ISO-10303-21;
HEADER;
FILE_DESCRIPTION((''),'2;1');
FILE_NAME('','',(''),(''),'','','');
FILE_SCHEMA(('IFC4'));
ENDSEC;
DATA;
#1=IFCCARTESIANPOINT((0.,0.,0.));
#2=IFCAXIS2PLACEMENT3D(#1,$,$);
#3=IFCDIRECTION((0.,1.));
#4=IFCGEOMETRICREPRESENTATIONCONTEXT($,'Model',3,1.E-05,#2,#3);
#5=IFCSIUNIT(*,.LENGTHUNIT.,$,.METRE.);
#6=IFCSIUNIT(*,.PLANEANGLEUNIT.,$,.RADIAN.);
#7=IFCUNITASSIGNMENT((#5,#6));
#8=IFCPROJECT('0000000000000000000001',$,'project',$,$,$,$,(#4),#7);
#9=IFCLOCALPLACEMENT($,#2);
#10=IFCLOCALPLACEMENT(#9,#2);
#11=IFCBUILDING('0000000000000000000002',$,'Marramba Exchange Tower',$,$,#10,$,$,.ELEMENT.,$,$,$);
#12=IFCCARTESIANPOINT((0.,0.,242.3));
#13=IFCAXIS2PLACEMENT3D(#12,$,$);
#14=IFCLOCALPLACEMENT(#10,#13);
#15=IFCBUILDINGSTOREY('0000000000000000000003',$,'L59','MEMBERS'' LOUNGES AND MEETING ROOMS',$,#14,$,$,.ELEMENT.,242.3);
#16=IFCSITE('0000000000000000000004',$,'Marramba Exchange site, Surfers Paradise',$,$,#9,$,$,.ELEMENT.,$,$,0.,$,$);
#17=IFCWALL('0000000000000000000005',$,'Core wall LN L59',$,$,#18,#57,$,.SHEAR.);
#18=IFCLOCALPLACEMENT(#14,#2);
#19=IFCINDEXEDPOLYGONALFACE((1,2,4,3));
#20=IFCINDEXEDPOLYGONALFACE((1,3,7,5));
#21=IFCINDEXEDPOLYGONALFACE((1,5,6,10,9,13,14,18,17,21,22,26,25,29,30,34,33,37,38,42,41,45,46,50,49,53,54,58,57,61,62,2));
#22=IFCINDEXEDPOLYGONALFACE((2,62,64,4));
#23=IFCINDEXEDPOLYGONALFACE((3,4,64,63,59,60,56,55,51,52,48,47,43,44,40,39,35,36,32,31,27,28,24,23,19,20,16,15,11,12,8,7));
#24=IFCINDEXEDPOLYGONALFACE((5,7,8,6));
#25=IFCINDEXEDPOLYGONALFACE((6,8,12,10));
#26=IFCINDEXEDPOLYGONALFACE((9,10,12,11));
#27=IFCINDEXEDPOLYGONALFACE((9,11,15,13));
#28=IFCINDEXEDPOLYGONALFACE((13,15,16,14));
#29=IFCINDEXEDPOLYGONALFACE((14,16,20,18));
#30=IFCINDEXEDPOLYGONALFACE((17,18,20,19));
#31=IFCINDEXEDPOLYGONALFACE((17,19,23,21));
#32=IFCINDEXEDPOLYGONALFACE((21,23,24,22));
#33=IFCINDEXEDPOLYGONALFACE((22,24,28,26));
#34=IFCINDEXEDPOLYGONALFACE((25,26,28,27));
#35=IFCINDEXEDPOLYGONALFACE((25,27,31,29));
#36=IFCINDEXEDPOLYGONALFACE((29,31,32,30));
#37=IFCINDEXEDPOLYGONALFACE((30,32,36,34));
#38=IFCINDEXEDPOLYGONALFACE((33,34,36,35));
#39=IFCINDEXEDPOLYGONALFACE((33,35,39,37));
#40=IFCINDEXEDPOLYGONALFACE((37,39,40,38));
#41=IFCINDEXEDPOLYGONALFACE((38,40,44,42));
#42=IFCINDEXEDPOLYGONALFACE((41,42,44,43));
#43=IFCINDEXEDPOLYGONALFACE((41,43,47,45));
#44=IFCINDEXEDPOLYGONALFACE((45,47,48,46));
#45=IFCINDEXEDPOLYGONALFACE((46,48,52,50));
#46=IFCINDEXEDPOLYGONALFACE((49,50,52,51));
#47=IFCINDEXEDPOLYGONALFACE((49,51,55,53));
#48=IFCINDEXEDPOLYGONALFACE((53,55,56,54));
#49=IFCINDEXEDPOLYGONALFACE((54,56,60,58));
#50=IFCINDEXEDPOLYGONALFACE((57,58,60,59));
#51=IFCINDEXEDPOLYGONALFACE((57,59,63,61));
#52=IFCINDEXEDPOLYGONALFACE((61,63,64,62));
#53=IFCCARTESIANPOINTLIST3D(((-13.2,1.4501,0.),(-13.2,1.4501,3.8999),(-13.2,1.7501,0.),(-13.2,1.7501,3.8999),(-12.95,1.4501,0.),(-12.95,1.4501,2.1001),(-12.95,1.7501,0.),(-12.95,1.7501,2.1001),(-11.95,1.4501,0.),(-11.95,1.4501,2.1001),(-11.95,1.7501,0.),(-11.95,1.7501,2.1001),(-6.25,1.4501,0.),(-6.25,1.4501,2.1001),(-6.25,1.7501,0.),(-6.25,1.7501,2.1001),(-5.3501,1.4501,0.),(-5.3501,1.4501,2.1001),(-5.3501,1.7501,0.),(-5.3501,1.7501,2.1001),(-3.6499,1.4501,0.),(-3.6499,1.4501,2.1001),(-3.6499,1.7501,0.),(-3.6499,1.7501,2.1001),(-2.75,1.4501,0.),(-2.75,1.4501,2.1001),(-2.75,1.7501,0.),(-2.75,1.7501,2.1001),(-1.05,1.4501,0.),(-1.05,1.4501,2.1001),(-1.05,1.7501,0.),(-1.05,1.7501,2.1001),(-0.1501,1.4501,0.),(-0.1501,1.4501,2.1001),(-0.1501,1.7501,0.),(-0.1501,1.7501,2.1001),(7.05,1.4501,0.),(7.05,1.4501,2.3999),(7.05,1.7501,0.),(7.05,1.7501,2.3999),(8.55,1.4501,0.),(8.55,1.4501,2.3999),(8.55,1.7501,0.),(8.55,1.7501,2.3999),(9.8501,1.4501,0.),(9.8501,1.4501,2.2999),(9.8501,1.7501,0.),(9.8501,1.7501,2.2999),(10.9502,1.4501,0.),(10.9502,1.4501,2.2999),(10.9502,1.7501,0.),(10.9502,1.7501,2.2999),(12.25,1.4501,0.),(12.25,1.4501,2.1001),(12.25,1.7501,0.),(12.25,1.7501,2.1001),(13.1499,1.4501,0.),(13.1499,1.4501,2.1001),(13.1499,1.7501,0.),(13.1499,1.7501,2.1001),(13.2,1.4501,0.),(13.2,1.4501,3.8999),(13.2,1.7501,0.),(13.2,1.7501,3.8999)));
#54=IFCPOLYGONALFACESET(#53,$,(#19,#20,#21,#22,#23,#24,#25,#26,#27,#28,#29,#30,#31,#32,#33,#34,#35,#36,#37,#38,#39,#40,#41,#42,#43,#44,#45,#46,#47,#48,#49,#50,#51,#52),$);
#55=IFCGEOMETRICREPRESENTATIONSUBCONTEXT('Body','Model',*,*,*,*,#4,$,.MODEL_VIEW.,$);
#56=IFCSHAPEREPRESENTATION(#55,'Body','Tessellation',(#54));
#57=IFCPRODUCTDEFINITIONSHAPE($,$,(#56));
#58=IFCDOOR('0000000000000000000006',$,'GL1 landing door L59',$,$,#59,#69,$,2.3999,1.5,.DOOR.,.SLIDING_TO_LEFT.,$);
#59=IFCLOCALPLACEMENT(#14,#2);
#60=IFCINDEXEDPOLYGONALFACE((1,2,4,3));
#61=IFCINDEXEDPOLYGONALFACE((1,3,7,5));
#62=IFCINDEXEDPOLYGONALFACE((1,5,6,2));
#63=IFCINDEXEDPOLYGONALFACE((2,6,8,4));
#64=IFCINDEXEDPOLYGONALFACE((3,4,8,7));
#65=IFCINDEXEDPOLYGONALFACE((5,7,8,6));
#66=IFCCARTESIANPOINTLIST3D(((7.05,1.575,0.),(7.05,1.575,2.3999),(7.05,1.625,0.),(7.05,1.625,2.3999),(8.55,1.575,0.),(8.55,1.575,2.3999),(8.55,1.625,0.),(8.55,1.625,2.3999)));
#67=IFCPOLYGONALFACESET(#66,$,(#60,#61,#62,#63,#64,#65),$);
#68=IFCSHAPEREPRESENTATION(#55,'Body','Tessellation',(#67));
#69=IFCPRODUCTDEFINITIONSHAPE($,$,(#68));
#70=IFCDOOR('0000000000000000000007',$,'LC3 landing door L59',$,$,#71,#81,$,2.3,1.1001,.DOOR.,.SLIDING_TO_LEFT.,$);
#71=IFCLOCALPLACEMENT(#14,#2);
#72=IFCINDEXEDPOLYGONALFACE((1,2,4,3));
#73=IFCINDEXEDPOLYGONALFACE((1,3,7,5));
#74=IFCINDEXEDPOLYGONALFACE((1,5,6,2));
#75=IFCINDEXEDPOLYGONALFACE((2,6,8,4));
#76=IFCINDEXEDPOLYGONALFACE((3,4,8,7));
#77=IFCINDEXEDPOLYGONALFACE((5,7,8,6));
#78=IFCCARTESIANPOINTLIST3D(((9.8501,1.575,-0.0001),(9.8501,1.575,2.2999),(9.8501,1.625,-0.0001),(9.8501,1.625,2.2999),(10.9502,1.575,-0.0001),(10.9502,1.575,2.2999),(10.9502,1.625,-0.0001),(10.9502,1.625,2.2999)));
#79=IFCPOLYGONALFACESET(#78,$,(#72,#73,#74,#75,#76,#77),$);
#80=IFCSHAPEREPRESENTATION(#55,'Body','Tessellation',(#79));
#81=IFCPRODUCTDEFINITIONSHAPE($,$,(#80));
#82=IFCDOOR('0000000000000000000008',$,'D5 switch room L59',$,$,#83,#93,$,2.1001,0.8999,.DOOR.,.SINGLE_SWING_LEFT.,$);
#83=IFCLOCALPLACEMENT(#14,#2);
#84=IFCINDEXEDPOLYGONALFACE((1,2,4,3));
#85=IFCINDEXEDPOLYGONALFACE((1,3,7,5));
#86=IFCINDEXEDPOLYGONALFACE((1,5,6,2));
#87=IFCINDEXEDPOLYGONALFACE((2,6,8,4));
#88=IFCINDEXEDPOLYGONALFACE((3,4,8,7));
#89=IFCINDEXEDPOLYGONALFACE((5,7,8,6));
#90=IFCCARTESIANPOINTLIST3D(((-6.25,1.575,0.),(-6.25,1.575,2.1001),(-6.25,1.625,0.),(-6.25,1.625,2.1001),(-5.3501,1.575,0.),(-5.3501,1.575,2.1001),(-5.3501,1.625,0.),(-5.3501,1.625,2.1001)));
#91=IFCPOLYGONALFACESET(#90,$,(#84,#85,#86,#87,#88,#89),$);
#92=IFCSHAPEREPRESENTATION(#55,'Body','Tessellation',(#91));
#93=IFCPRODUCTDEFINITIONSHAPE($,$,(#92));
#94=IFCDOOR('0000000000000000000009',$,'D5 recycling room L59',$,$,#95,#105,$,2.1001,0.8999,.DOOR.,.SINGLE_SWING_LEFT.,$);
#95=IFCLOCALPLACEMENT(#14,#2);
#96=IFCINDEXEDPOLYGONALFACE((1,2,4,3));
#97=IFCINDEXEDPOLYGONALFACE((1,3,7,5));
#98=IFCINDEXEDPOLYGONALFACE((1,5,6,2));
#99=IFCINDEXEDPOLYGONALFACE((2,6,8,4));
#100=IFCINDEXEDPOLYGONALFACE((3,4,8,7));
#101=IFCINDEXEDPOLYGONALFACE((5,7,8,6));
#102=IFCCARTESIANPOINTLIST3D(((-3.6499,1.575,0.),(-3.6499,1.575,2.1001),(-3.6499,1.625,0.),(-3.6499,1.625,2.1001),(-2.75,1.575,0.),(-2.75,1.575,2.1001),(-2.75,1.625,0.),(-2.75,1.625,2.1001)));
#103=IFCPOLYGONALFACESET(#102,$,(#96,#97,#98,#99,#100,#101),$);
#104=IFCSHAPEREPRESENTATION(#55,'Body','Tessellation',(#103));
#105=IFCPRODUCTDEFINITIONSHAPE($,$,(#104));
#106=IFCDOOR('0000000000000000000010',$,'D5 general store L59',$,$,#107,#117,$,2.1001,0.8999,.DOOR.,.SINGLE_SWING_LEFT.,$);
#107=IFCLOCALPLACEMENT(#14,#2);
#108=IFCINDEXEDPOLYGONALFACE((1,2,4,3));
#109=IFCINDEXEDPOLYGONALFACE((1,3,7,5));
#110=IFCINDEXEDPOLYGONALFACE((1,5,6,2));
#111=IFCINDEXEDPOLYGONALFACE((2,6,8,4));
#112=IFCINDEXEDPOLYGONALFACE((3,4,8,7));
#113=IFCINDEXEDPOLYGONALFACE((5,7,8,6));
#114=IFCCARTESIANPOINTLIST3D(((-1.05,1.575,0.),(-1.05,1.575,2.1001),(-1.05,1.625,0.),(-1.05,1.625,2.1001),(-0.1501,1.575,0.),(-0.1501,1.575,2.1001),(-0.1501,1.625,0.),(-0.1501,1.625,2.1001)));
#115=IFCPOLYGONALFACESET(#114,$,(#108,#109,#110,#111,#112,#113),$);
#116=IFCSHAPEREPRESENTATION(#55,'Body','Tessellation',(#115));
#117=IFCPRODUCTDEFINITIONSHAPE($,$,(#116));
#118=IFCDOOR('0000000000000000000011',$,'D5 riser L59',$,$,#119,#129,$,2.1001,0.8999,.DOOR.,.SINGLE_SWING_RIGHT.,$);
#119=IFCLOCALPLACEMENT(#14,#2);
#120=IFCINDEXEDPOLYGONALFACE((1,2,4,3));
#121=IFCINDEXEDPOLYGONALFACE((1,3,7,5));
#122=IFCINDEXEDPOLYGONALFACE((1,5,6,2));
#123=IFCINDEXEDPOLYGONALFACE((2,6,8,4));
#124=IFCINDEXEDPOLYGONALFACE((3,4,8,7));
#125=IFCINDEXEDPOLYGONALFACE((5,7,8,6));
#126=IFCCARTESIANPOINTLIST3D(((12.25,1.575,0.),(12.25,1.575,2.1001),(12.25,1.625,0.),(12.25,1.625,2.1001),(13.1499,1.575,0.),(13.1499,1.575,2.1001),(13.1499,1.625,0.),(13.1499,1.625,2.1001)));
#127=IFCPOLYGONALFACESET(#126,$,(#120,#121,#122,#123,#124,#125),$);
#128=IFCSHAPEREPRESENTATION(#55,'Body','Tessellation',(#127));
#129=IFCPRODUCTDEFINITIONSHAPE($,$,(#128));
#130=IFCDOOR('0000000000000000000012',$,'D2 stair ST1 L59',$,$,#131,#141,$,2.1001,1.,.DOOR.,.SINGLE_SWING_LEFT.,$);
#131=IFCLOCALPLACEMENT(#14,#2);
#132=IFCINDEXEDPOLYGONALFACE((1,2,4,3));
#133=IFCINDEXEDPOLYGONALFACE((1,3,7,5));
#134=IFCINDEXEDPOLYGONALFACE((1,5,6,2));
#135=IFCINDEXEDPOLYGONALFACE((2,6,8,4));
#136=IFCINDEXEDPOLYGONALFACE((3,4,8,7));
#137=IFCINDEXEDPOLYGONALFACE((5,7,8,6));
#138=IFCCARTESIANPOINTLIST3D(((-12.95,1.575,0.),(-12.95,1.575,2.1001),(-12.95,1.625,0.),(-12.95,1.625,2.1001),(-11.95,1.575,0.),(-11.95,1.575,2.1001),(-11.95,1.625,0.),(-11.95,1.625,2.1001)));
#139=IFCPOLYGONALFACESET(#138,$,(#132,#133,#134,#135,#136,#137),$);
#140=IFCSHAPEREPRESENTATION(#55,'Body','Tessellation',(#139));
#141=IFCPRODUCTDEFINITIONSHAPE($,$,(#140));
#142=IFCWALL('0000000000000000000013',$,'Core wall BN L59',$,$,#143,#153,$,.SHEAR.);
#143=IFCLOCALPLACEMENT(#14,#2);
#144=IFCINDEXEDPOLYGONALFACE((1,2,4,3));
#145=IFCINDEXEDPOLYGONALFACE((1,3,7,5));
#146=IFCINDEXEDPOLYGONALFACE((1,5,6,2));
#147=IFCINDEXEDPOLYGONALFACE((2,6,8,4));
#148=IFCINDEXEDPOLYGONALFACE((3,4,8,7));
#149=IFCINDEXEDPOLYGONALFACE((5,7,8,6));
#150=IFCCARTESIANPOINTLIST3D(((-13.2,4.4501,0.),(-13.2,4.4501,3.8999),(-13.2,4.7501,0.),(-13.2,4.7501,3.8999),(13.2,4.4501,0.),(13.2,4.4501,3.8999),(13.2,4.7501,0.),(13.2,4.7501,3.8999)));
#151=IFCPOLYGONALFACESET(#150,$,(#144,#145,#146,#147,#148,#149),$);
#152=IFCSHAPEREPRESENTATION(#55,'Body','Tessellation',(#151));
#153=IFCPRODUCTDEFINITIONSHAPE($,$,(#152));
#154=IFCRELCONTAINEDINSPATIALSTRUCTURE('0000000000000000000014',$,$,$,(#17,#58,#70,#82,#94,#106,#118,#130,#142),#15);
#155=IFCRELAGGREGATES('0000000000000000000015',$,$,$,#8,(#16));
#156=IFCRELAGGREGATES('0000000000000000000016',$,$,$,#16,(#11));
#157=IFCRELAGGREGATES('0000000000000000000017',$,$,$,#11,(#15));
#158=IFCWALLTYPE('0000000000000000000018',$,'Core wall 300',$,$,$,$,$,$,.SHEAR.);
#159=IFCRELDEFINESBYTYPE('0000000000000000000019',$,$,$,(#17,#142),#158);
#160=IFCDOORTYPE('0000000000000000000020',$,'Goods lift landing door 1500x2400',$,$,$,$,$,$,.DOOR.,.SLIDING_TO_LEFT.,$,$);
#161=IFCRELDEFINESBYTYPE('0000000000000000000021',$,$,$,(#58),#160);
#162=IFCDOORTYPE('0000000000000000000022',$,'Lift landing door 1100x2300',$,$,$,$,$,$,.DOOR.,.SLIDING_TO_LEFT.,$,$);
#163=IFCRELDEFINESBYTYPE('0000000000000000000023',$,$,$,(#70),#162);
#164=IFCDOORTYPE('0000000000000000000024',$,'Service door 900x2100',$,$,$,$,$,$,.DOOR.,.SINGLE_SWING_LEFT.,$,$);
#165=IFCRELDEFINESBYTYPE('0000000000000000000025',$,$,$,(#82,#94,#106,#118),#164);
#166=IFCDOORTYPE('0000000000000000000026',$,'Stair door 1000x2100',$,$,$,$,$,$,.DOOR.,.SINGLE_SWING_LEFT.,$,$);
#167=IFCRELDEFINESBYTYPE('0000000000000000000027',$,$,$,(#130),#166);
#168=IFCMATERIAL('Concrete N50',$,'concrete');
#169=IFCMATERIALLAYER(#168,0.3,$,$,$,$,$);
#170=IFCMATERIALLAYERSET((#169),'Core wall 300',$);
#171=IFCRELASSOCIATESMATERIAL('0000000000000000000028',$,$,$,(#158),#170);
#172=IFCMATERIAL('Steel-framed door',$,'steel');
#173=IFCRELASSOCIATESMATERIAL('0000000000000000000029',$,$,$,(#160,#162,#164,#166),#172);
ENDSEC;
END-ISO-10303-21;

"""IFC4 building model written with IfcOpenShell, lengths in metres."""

from ifc_helpers import new_model, si_unit, direction, frame, frame_2d, origin, place, context, subcontext, project, spatial, rectangle, extrude, material, layer, layer_set, type_object, element, fill, save


model = new_model("IFC4")

# Units and contexts
model_context = context("Model", 3, precision=1e-05, world=origin(), true_north=direction((0.0, 1.0)))
body_context = subcontext(model_context, "Body", "Model", "MODEL_VIEW")
ifc_project = project(units=[si_unit("LENGTHUNIT", "METRE"), si_unit("PLANEANGLEUNIT", "RADIAN")], contexts=[model_context])

# Site, building, storey
site_placement = place(None, origin())
site = spatial("IfcSite", under=ifc_project, at=site_placement, Name="Marramba Exchange site, Surfers Paradise", CompositionType="ELEMENT", RefElevation=0.0)
building_placement = place(site_placement, origin())
building = spatial("IfcBuilding", under=site, at=building_placement, Name="Marramba Exchange Tower", CompositionType="ELEMENT")
storey_placement = place(building_placement, frame((0.0, 0.0, 242.3)))
storey = spatial("IfcBuildingStorey", under=building, at=storey_placement, Name="L59", Description="MEMBERS' LOUNGES AND MEETING ROOMS", CompositionType="ELEMENT", Elevation=242.3)

# Shared definitions
ifc_material_1 = material(Name="Concrete N50", Category="concrete")

# Shared definitions
ifc_material_2 = material(Name="Steel-framed door", Category="steel")

# Wall, openings, doors
ifc_layer_1 = layer(ifc_material_1, 0.3)
ifc_layer_set_1 = layer_set([ifc_layer_1], Name="Core wall 300")
wall_type_1 = type_object("IfcWallType", Name="Core wall 300", PredefinedType="SHEAR", material=ifc_layer_set_1)
wall_1_placement = place(storey_placement, frame((-13.2, 1.6001, 0.0), z_axis=(0.0, 0.0, 1.0), x_axis=(1.0, 0.0, 0.0)))
wall_1 = element("IfcWall", 1, at=wall_1_placement, inside=storey, type_object=wall_type_1, Name="Core wall LN L59", PredefinedType="SHEAR", context=body_context, shape_type="SweptSolid", body=[
    extrude(rectangle(XDim=26.3999, YDim=0.3, at=frame_2d((13.2, 0.0))), origin(), (0.0, 0.0, 1.0), 3.8999),
])
opening_1_placement = place(wall_1_placement, frame((0.25, 0.0, 0.0)))
opening_1 = element("IfcOpeningElement", 2, at=opening_1_placement, cuts=wall_1, PredefinedType="OPENING", context=body_context, shape_type="SweptSolid", body=[
    extrude(rectangle(XDim=1.0, YDim=2.1001, at=frame_2d((0.5, 1.05))), frame((0.0, 0.1599, 0.0), z_axis=(0.0, -1.0, 0.0), x_axis=(1.0, 0.0, 0.0)), (0.0, 0.0, 1.0), 0.3201),
])
opening_2_placement = place(wall_1_placement, frame((23.05, 0.0, 0.0)))
opening_2 = element("IfcOpeningElement", 3, at=opening_2_placement, cuts=wall_1, PredefinedType="OPENING", context=body_context, shape_type="SweptSolid", body=[
    extrude(rectangle(XDim=1.1001, YDim=2.3, at=frame_2d((0.55, 1.1499))), frame((0.0, 0.1599, 0.0), z_axis=(0.0, -1.0, 0.0), x_axis=(1.0, 0.0, 0.0)), (0.0, 0.0, 1.0), 0.3201),
])
opening_3_placement = place(wall_1_placement, frame((20.25, 0.0, 0.0)))
opening_3 = element("IfcOpeningElement", 4, at=opening_3_placement, cuts=wall_1, PredefinedType="OPENING", context=body_context, shape_type="SweptSolid", body=[
    extrude(rectangle(XDim=1.5, YDim=2.3999, at=frame_2d((0.75, 1.2))), frame((0.0, 0.1599, 0.0), z_axis=(0.0, -1.0, 0.0), x_axis=(1.0, 0.0, 0.0)), (0.0, 0.0, 1.0), 0.3201),
])
opening_4_placement = place(wall_1_placement, frame((6.95, 0.0, 0.0)))
opening_4 = element("IfcOpeningElement", 5, at=opening_4_placement, cuts=wall_1, PredefinedType="OPENING", context=body_context, shape_type="SweptSolid", body=[
    extrude(rectangle(XDim=0.8999, YDim=2.1001, at=frame_2d((0.45, 1.05))), frame((0.0, 0.1599, 0.0), z_axis=(0.0, -1.0, 0.0), x_axis=(1.0, 0.0, 0.0)), (0.0, 0.0, 1.0), 0.3201),
])
opening_5_placement = place(wall_1_placement, frame((9.55, 0.0, 0.0)))
opening_5 = element("IfcOpeningElement", 6, at=opening_5_placement, cuts=wall_1, PredefinedType="OPENING", context=body_context, shape_type="SweptSolid", body=[
    extrude(rectangle(XDim=0.8999, YDim=2.1001, at=frame_2d((0.45, 1.05))), frame((0.0, 0.1599, 0.0), z_axis=(0.0, -1.0, 0.0), x_axis=(1.0, 0.0, 0.0)), (0.0, 0.0, 1.0), 0.3201),
])
opening_6_placement = place(wall_1_placement, frame((12.1499, 0.0, 0.0)))
opening_6 = element("IfcOpeningElement", 7, at=opening_6_placement, cuts=wall_1, PredefinedType="OPENING", context=body_context, shape_type="SweptSolid", body=[
    extrude(rectangle(XDim=0.8999, YDim=2.1001, at=frame_2d((0.45, 1.05))), frame((0.0, 0.1599, 0.0), z_axis=(0.0, -1.0, 0.0), x_axis=(1.0, 0.0, 0.0)), (0.0, 0.0, 1.0), 0.3201),
])
opening_7_placement = place(wall_1_placement, frame((25.45, 0.0, 0.0)))
opening_7 = element("IfcOpeningElement", 8, at=opening_7_placement, cuts=wall_1, PredefinedType="OPENING", context=body_context, shape_type="SweptSolid", body=[
    extrude(rectangle(XDim=0.8999, YDim=2.1001, at=frame_2d((0.45, 1.05))), frame((0.0, 0.1599, 0.0), z_axis=(0.0, -1.0, 0.0), x_axis=(1.0, 0.0, 0.0)), (0.0, 0.0, 1.0), 0.3201),
])
door_type_1 = type_object("IfcDoorType", Name="Goods lift landing door 1500x2400", OperationType="SLIDING_TO_LEFT", PredefinedType="DOOR", material=ifc_material_2)
door_1_placement = place(opening_3_placement, origin())
door_1 = element("IfcDoor", 9, at=door_1_placement, inside=storey, type_object=door_type_1, Name="GL1 landing door L59", OperationType="SLIDING_TO_LEFT", OverallHeight=2.3999, OverallWidth=1.5, PredefinedType="DOOR", context=body_context, shape_type="SweptSolid", body=[
    extrude(rectangle(XDim=1.5, YDim=2.3999, at=frame_2d((0.75, 1.2))), frame((0.0, 0.0249, 0.0), z_axis=(0.0, -1.0, 0.0), x_axis=(1.0, 0.0, 0.0)), (0.0, 0.0, 1.0), 0.05),
])
fill(opening_3, door_1)
door_type_2 = type_object("IfcDoorType", Name="Lift landing door 1100x2300", OperationType="SLIDING_TO_LEFT", PredefinedType="DOOR", material=ifc_material_2)
door_2_placement = place(opening_2_placement, origin())
door_2 = element("IfcDoor", 10, at=door_2_placement, inside=storey, type_object=door_type_2, Name="LC3 landing door L59", OperationType="SLIDING_TO_LEFT", OverallHeight=2.3, OverallWidth=1.1001, PredefinedType="DOOR", context=body_context, shape_type="SweptSolid", body=[
    extrude(rectangle(XDim=1.1001, YDim=2.3, at=frame_2d((0.55, 1.1499))), frame((0.0, 0.0249, 0.0), z_axis=(0.0, -1.0, 0.0), x_axis=(1.0, 0.0, 0.0)), (0.0, 0.0, 1.0), 0.05),
])
fill(opening_2, door_2)
door_type_3 = type_object("IfcDoorType", Name="Service door 900x2100", OperationType="SINGLE_SWING_LEFT", PredefinedType="DOOR", material=ifc_material_2)
door_3_placement = place(opening_4_placement, origin())
door_3 = element("IfcDoor", 11, at=door_3_placement, inside=storey, type_object=door_type_3, Name="D5 switch room L59", OperationType="SINGLE_SWING_LEFT", OverallHeight=2.1001, OverallWidth=0.8999, PredefinedType="DOOR", context=body_context, shape_type="SweptSolid", body=[
    extrude(rectangle(XDim=0.8999, YDim=2.1001, at=frame_2d((0.45, 1.05))), frame((0.0, 0.0249, 0.0), z_axis=(0.0, -1.0, 0.0), x_axis=(1.0, 0.0, 0.0)), (0.0, 0.0, 1.0), 0.05),
])
fill(opening_4, door_3)
door_4_placement = place(opening_5_placement, origin())
door_4 = element("IfcDoor", 12, at=door_4_placement, inside=storey, type_object=door_type_3, Name="D5 recycling room L59", OperationType="SINGLE_SWING_LEFT", OverallHeight=2.1001, OverallWidth=0.8999, PredefinedType="DOOR", context=body_context, shape_type="SweptSolid", body=[
    extrude(rectangle(XDim=0.8999, YDim=2.1001, at=frame_2d((0.45, 1.05))), frame((0.0, 0.0249, 0.0), z_axis=(0.0, -1.0, 0.0), x_axis=(1.0, 0.0, 0.0)), (0.0, 0.0, 1.0), 0.05),
])
fill(opening_5, door_4)
door_5_placement = place(opening_6_placement, origin())
door_5 = element("IfcDoor", 13, at=door_5_placement, inside=storey, type_object=door_type_3, Name="D5 general store L59", OperationType="SINGLE_SWING_LEFT", OverallHeight=2.1001, OverallWidth=0.8999, PredefinedType="DOOR", context=body_context, shape_type="SweptSolid", body=[
    extrude(rectangle(XDim=0.8999, YDim=2.1001, at=frame_2d((0.45, 1.05))), frame((0.0, 0.0249, 0.0), z_axis=(0.0, -1.0, 0.0), x_axis=(1.0, 0.0, 0.0)), (0.0, 0.0, 1.0), 0.05),
])
fill(opening_6, door_5)
door_6_placement = place(opening_7_placement, origin())
door_6 = element("IfcDoor", 14, at=door_6_placement, inside=storey, type_object=door_type_3, Name="D5 riser L59", OperationType="SINGLE_SWING_RIGHT", OverallHeight=2.1001, OverallWidth=0.8999, PredefinedType="DOOR", context=body_context, shape_type="SweptSolid", body=[
    extrude(rectangle(XDim=0.8999, YDim=2.1001, at=frame_2d((0.45, 1.05))), frame((0.0, 0.0249, 0.0), z_axis=(0.0, -1.0, 0.0), x_axis=(1.0, 0.0, 0.0)), (0.0, 0.0, 1.0), 0.05),
])
fill(opening_7, door_6)
door_type_4 = type_object("IfcDoorType", Name="Stair door 1000x2100", OperationType="SINGLE_SWING_LEFT", PredefinedType="DOOR", material=ifc_material_2)
door_7_placement = place(opening_1_placement, origin())
door_7 = element("IfcDoor", 15, at=door_7_placement, inside=storey, type_object=door_type_4, Name="D2 stair ST1 L59", OperationType="SINGLE_SWING_LEFT", OverallHeight=2.1001, OverallWidth=1.0, PredefinedType="DOOR", context=body_context, shape_type="SweptSolid", body=[
    extrude(rectangle(XDim=1.0, YDim=2.1001, at=frame_2d((0.5, 1.05))), frame((0.0, 0.0249, 0.0), z_axis=(0.0, -1.0, 0.0), x_axis=(1.0, 0.0, 0.0)), (0.0, 0.0, 1.0), 0.05),
])
fill(opening_1, door_7)

# Wall
wall_2_placement = place(storey_placement, frame((-13.2, 4.6001, 0.0), z_axis=(0.0, 0.0, 1.0), x_axis=(1.0, 0.0, 0.0)))
element("IfcWall", 16, at=wall_2_placement, inside=storey, type_object=wall_type_1, Name="Core wall BN L59", PredefinedType="SHEAR", context=body_context, shape_type="SweptSolid", body=[
    extrude(rectangle(XDim=26.3999, YDim=0.3, at=frame_2d((13.2, 0.0))), origin(), (0.0, 0.0, 1.0), 3.8999),
])

save(model, "model.ifc")
